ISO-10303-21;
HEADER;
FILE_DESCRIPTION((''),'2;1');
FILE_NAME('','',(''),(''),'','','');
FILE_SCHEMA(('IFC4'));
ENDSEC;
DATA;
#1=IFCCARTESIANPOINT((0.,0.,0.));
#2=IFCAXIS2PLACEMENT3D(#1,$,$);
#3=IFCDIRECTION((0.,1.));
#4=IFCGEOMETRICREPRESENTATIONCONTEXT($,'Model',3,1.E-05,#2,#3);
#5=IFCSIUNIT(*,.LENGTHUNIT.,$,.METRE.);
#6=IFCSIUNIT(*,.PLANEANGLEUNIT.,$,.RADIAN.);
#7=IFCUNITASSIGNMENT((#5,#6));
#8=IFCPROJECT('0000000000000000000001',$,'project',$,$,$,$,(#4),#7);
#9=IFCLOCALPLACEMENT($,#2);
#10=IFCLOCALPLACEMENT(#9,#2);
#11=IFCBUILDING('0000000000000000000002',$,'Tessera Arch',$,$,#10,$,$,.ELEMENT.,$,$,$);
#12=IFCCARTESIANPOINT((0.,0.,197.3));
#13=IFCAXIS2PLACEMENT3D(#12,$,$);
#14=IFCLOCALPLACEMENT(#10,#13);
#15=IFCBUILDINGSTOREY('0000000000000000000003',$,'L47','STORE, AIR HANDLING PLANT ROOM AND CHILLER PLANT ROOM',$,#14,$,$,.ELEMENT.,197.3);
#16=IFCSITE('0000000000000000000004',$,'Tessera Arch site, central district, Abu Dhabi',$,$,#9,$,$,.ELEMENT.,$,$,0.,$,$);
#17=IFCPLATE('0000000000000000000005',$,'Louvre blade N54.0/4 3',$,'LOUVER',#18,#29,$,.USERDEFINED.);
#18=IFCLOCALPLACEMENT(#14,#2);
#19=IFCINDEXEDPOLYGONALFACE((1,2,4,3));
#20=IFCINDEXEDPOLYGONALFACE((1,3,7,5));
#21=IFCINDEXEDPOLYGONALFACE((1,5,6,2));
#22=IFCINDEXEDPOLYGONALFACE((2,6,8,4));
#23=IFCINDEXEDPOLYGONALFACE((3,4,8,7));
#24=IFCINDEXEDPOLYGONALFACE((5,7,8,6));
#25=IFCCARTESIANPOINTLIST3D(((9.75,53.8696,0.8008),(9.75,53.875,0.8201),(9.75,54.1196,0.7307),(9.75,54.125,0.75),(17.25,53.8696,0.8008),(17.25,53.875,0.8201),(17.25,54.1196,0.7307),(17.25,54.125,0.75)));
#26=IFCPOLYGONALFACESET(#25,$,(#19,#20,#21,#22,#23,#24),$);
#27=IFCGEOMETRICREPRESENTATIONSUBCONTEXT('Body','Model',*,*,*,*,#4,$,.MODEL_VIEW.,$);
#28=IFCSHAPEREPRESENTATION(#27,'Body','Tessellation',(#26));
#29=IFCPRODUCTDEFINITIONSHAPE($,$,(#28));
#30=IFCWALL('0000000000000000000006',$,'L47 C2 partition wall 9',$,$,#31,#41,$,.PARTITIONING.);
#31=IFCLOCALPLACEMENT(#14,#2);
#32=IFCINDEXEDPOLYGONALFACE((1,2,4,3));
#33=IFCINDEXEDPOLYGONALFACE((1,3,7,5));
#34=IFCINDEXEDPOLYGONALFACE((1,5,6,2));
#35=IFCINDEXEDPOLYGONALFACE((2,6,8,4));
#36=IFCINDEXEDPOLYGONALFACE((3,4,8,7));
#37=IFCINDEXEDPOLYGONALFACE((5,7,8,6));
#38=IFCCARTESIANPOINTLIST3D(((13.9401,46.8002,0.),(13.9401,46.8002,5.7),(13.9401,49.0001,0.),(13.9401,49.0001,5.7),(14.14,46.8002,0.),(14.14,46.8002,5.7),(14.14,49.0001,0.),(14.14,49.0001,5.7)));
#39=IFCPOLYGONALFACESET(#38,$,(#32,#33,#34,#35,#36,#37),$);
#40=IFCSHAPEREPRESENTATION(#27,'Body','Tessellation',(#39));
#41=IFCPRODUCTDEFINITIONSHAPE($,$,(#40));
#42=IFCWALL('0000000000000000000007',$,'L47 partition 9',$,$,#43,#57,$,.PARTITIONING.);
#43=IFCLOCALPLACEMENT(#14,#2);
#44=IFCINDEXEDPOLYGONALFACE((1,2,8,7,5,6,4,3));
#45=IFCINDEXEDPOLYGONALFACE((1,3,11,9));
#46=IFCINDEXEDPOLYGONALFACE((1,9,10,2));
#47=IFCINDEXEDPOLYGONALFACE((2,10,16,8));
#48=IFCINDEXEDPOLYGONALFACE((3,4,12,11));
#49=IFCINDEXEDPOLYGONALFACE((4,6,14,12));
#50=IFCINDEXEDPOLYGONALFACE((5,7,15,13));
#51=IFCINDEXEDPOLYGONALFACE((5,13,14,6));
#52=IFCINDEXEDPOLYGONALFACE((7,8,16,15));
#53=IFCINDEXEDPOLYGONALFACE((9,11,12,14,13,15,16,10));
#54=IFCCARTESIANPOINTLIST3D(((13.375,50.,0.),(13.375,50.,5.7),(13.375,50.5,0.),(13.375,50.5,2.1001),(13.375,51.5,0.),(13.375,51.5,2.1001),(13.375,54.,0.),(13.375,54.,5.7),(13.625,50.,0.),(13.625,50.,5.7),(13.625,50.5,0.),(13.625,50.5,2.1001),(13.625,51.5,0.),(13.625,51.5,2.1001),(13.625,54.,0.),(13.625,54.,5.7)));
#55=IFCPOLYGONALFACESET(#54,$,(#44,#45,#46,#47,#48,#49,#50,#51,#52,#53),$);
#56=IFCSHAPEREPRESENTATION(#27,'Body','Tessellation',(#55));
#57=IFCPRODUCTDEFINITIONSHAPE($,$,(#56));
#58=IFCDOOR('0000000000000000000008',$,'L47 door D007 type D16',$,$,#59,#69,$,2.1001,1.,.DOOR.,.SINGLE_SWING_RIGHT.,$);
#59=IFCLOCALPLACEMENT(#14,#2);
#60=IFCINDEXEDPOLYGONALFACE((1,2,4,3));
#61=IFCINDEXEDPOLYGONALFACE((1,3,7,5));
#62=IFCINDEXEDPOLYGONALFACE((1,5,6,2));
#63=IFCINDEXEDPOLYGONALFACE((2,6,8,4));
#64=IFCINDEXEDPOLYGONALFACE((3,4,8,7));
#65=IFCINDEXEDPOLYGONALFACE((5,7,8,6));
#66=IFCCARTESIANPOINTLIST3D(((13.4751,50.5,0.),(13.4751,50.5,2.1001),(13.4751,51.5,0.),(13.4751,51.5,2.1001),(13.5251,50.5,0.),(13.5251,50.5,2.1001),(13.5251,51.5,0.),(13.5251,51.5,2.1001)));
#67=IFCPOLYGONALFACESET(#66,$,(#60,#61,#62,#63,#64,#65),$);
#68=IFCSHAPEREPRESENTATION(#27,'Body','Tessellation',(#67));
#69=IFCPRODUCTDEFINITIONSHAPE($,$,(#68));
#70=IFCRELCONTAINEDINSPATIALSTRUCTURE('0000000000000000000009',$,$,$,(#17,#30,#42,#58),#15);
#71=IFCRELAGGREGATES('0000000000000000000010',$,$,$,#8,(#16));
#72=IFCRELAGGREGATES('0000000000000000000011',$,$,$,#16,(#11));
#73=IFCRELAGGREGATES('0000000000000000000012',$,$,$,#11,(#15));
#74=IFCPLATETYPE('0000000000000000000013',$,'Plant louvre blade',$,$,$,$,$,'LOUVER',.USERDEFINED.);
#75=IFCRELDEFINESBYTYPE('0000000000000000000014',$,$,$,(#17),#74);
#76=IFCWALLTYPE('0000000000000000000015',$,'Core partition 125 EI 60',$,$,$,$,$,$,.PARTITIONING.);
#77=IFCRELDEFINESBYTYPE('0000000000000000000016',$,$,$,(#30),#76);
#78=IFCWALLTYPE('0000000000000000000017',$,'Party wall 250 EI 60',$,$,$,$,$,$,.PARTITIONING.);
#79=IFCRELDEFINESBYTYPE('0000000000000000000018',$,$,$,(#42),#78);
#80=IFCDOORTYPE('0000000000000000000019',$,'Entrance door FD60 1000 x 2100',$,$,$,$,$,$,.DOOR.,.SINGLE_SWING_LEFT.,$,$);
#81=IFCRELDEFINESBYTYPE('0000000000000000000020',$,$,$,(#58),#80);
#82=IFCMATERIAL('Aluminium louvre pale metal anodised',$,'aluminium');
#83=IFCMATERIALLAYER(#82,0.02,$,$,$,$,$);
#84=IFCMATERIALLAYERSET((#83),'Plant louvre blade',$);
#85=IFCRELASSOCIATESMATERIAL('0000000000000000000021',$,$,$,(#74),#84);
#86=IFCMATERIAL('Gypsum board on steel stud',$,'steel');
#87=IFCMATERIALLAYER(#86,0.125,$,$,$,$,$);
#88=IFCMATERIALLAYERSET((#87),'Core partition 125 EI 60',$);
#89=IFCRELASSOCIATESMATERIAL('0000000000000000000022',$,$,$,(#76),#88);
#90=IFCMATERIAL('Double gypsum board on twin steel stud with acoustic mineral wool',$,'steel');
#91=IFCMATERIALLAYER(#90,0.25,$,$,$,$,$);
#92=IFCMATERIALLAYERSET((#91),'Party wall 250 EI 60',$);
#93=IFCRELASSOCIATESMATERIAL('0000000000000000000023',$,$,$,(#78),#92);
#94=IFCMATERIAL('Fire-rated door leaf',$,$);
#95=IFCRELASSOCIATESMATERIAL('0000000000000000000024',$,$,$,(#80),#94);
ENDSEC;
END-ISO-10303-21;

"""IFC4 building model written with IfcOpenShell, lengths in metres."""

from ifc_helpers import new_model, si_unit, direction, frame, frame_2d, origin, place, context, subcontext, project, spatial, polyline, rectangle, outline, extrude, material, layer, layer_set, type_object, element, fill, save


model = new_model("IFC4")

# Units and contexts
model_context = context("Model", 3, precision=1e-05, world=origin(), true_north=direction((0.0, 1.0)))
body_context = subcontext(model_context, "Body", "Model", "MODEL_VIEW")
ifc_project = project(units=[si_unit("LENGTHUNIT", "METRE"), si_unit("PLANEANGLEUNIT", "RADIAN")], contexts=[model_context])

# Site, building, storey
site_placement = place(None, origin())
site = spatial("IfcSite", under=ifc_project, at=site_placement, Name="Tessera Arch site, central district, Abu Dhabi", CompositionType="ELEMENT", RefElevation=0.0)
building_placement = place(site_placement, origin())
building = spatial("IfcBuilding", under=site, at=building_placement, Name="Tessera Arch", CompositionType="ELEMENT")
storey_placement = place(building_placement, frame((0.0, 0.0, 197.3)))
storey = spatial("IfcBuildingStorey", under=building, at=storey_placement, Name="L47", Description="STORE, AIR HANDLING PLANT ROOM AND CHILLER PLANT ROOM", CompositionType="ELEMENT", Elevation=197.3)

# Plate
ifc_material_1 = material(Name="Aluminium louvre pale metal anodised", Category="aluminium")
ifc_layer_1 = layer(ifc_material_1, 0.02)
ifc_layer_set_1 = layer_set([ifc_layer_1], Name="Plant louvre blade")
plate_type_1 = type_object("IfcPlateType", Name="Plant louvre blade", ElementType="LOUVER", PredefinedType="USERDEFINED", material=ifc_layer_set_1)
for number, where, z_axis, x_axis, name in (
    (1, (17.25, 54.125, 0.75), (0.0, 0.269874, 0.962896), (-1.0, 0.0, 0.0), "Louvre blade N54.0/4 3"),
):
    element("IfcPlate", number, at=place(storey_placement, frame(where, z_axis=z_axis, x_axis=x_axis)), inside=storey, type_object=plate_type_1, Name=name, ObjectType="LOUVER", PredefinedType="USERDEFINED", context=body_context, shape_type="SweptSolid", body=[
        extrude(outline(polyline([(0.0, 0.0), (7.5, 0.0), (7.5, 0.2596), (0.0, 0.2596), (0.0, 0.0)])), origin(), (0.0, 0.0, -1.0), 0.02),
    ])

# Wall
ifc_material_2 = material(Name="Gypsum board on steel stud", Category="steel")
ifc_layer_2 = layer(ifc_material_2, 0.125)
ifc_layer_set_2 = layer_set([ifc_layer_2], Name="Core partition 125 EI 60")
wall_type_1 = type_object("IfcWallType", Name="Core partition 125 EI 60", PredefinedType="PARTITIONING", material=ifc_layer_set_2)
wall_1_placement = place(storey_placement, frame((14.04, 46.8, 0.0), z_axis=(0.0, 0.0, 1.0), x_axis=(0.0, 1.0, 0.0)))
element("IfcWall", 2, at=wall_1_placement, inside=storey, type_object=wall_type_1, Name="L47 C2 partition wall 9", PredefinedType="PARTITIONING", context=body_context, shape_type="SweptSolid", body=[
    extrude(rectangle(XDim=2.2, YDim=0.2, at=frame_2d((1.1001, 0.0))), origin(), (0.0, 0.0, 1.0), 5.7),
])

# Wall, opening, door
ifc_material_3 = material(Name="Double gypsum board on twin steel stud with acoustic mineral wool", Category="steel")
ifc_layer_3 = layer(ifc_material_3, 0.25)
ifc_layer_set_3 = layer_set([ifc_layer_3], Name="Party wall 250 EI 60")
wall_type_2 = type_object("IfcWallType", Name="Party wall 250 EI 60", PredefinedType="PARTITIONING", material=ifc_layer_set_3)
wall_2_placement = place(storey_placement, frame((13.5, 50.0, 0.0), z_axis=(0.0, 0.0, 1.0), x_axis=(0.0, 1.0, 0.0)))
wall_2 = element("IfcWall", 3, at=wall_2_placement, inside=storey, type_object=wall_type_2, Name="L47 partition 9", PredefinedType="PARTITIONING", context=body_context, shape_type="SweptSolid", body=[
    extrude(rectangle(XDim=4.0, YDim=0.25, at=frame_2d((2.0, 0.0))), origin(), (0.0, 0.0, 1.0), 5.7),
])
opening_placement = place(wall_2_placement, frame((0.5, 0.0, 0.0)))
opening = element("IfcOpeningElement", 4, at=opening_placement, cuts=wall_2, PredefinedType="OPENING", context=body_context, shape_type="SweptSolid", body=[
    extrude(rectangle(XDim=1.0, YDim=2.1001, at=frame_2d((0.5, 1.05))), frame((0.0, 0.135, 0.0), z_axis=(0.0, -1.0, 0.0), x_axis=(1.0, 0.0, 0.0)), (0.0, 0.0, 1.0), 0.27),
])
ifc_material_4 = material(Name="Fire-rated door leaf")
door_type = type_object("IfcDoorType", Name="Entrance door FD60 1000 x 2100", OperationType="SINGLE_SWING_LEFT", PredefinedType="DOOR", material=ifc_material_4)
door_placement = place(opening_placement, origin())
door = element("IfcDoor", 5, at=door_placement, inside=storey, type_object=door_type, Name="L47 door D007 type D16", OperationType="SINGLE_SWING_RIGHT", OverallHeight=2.1001, OverallWidth=1.0, PredefinedType="DOOR", context=body_context, shape_type="SweptSolid", body=[
    extrude(rectangle(XDim=1.0, YDim=2.1001, at=frame_2d((0.5, 1.05))), frame((0.0, 0.0249, 0.0), z_axis=(0.0, -1.0, 0.0), x_axis=(1.0, 0.0, 0.0)), (0.0, 0.0, 1.0), 0.05),
])
fill(opening, door)

save(model, "model.ifc")
